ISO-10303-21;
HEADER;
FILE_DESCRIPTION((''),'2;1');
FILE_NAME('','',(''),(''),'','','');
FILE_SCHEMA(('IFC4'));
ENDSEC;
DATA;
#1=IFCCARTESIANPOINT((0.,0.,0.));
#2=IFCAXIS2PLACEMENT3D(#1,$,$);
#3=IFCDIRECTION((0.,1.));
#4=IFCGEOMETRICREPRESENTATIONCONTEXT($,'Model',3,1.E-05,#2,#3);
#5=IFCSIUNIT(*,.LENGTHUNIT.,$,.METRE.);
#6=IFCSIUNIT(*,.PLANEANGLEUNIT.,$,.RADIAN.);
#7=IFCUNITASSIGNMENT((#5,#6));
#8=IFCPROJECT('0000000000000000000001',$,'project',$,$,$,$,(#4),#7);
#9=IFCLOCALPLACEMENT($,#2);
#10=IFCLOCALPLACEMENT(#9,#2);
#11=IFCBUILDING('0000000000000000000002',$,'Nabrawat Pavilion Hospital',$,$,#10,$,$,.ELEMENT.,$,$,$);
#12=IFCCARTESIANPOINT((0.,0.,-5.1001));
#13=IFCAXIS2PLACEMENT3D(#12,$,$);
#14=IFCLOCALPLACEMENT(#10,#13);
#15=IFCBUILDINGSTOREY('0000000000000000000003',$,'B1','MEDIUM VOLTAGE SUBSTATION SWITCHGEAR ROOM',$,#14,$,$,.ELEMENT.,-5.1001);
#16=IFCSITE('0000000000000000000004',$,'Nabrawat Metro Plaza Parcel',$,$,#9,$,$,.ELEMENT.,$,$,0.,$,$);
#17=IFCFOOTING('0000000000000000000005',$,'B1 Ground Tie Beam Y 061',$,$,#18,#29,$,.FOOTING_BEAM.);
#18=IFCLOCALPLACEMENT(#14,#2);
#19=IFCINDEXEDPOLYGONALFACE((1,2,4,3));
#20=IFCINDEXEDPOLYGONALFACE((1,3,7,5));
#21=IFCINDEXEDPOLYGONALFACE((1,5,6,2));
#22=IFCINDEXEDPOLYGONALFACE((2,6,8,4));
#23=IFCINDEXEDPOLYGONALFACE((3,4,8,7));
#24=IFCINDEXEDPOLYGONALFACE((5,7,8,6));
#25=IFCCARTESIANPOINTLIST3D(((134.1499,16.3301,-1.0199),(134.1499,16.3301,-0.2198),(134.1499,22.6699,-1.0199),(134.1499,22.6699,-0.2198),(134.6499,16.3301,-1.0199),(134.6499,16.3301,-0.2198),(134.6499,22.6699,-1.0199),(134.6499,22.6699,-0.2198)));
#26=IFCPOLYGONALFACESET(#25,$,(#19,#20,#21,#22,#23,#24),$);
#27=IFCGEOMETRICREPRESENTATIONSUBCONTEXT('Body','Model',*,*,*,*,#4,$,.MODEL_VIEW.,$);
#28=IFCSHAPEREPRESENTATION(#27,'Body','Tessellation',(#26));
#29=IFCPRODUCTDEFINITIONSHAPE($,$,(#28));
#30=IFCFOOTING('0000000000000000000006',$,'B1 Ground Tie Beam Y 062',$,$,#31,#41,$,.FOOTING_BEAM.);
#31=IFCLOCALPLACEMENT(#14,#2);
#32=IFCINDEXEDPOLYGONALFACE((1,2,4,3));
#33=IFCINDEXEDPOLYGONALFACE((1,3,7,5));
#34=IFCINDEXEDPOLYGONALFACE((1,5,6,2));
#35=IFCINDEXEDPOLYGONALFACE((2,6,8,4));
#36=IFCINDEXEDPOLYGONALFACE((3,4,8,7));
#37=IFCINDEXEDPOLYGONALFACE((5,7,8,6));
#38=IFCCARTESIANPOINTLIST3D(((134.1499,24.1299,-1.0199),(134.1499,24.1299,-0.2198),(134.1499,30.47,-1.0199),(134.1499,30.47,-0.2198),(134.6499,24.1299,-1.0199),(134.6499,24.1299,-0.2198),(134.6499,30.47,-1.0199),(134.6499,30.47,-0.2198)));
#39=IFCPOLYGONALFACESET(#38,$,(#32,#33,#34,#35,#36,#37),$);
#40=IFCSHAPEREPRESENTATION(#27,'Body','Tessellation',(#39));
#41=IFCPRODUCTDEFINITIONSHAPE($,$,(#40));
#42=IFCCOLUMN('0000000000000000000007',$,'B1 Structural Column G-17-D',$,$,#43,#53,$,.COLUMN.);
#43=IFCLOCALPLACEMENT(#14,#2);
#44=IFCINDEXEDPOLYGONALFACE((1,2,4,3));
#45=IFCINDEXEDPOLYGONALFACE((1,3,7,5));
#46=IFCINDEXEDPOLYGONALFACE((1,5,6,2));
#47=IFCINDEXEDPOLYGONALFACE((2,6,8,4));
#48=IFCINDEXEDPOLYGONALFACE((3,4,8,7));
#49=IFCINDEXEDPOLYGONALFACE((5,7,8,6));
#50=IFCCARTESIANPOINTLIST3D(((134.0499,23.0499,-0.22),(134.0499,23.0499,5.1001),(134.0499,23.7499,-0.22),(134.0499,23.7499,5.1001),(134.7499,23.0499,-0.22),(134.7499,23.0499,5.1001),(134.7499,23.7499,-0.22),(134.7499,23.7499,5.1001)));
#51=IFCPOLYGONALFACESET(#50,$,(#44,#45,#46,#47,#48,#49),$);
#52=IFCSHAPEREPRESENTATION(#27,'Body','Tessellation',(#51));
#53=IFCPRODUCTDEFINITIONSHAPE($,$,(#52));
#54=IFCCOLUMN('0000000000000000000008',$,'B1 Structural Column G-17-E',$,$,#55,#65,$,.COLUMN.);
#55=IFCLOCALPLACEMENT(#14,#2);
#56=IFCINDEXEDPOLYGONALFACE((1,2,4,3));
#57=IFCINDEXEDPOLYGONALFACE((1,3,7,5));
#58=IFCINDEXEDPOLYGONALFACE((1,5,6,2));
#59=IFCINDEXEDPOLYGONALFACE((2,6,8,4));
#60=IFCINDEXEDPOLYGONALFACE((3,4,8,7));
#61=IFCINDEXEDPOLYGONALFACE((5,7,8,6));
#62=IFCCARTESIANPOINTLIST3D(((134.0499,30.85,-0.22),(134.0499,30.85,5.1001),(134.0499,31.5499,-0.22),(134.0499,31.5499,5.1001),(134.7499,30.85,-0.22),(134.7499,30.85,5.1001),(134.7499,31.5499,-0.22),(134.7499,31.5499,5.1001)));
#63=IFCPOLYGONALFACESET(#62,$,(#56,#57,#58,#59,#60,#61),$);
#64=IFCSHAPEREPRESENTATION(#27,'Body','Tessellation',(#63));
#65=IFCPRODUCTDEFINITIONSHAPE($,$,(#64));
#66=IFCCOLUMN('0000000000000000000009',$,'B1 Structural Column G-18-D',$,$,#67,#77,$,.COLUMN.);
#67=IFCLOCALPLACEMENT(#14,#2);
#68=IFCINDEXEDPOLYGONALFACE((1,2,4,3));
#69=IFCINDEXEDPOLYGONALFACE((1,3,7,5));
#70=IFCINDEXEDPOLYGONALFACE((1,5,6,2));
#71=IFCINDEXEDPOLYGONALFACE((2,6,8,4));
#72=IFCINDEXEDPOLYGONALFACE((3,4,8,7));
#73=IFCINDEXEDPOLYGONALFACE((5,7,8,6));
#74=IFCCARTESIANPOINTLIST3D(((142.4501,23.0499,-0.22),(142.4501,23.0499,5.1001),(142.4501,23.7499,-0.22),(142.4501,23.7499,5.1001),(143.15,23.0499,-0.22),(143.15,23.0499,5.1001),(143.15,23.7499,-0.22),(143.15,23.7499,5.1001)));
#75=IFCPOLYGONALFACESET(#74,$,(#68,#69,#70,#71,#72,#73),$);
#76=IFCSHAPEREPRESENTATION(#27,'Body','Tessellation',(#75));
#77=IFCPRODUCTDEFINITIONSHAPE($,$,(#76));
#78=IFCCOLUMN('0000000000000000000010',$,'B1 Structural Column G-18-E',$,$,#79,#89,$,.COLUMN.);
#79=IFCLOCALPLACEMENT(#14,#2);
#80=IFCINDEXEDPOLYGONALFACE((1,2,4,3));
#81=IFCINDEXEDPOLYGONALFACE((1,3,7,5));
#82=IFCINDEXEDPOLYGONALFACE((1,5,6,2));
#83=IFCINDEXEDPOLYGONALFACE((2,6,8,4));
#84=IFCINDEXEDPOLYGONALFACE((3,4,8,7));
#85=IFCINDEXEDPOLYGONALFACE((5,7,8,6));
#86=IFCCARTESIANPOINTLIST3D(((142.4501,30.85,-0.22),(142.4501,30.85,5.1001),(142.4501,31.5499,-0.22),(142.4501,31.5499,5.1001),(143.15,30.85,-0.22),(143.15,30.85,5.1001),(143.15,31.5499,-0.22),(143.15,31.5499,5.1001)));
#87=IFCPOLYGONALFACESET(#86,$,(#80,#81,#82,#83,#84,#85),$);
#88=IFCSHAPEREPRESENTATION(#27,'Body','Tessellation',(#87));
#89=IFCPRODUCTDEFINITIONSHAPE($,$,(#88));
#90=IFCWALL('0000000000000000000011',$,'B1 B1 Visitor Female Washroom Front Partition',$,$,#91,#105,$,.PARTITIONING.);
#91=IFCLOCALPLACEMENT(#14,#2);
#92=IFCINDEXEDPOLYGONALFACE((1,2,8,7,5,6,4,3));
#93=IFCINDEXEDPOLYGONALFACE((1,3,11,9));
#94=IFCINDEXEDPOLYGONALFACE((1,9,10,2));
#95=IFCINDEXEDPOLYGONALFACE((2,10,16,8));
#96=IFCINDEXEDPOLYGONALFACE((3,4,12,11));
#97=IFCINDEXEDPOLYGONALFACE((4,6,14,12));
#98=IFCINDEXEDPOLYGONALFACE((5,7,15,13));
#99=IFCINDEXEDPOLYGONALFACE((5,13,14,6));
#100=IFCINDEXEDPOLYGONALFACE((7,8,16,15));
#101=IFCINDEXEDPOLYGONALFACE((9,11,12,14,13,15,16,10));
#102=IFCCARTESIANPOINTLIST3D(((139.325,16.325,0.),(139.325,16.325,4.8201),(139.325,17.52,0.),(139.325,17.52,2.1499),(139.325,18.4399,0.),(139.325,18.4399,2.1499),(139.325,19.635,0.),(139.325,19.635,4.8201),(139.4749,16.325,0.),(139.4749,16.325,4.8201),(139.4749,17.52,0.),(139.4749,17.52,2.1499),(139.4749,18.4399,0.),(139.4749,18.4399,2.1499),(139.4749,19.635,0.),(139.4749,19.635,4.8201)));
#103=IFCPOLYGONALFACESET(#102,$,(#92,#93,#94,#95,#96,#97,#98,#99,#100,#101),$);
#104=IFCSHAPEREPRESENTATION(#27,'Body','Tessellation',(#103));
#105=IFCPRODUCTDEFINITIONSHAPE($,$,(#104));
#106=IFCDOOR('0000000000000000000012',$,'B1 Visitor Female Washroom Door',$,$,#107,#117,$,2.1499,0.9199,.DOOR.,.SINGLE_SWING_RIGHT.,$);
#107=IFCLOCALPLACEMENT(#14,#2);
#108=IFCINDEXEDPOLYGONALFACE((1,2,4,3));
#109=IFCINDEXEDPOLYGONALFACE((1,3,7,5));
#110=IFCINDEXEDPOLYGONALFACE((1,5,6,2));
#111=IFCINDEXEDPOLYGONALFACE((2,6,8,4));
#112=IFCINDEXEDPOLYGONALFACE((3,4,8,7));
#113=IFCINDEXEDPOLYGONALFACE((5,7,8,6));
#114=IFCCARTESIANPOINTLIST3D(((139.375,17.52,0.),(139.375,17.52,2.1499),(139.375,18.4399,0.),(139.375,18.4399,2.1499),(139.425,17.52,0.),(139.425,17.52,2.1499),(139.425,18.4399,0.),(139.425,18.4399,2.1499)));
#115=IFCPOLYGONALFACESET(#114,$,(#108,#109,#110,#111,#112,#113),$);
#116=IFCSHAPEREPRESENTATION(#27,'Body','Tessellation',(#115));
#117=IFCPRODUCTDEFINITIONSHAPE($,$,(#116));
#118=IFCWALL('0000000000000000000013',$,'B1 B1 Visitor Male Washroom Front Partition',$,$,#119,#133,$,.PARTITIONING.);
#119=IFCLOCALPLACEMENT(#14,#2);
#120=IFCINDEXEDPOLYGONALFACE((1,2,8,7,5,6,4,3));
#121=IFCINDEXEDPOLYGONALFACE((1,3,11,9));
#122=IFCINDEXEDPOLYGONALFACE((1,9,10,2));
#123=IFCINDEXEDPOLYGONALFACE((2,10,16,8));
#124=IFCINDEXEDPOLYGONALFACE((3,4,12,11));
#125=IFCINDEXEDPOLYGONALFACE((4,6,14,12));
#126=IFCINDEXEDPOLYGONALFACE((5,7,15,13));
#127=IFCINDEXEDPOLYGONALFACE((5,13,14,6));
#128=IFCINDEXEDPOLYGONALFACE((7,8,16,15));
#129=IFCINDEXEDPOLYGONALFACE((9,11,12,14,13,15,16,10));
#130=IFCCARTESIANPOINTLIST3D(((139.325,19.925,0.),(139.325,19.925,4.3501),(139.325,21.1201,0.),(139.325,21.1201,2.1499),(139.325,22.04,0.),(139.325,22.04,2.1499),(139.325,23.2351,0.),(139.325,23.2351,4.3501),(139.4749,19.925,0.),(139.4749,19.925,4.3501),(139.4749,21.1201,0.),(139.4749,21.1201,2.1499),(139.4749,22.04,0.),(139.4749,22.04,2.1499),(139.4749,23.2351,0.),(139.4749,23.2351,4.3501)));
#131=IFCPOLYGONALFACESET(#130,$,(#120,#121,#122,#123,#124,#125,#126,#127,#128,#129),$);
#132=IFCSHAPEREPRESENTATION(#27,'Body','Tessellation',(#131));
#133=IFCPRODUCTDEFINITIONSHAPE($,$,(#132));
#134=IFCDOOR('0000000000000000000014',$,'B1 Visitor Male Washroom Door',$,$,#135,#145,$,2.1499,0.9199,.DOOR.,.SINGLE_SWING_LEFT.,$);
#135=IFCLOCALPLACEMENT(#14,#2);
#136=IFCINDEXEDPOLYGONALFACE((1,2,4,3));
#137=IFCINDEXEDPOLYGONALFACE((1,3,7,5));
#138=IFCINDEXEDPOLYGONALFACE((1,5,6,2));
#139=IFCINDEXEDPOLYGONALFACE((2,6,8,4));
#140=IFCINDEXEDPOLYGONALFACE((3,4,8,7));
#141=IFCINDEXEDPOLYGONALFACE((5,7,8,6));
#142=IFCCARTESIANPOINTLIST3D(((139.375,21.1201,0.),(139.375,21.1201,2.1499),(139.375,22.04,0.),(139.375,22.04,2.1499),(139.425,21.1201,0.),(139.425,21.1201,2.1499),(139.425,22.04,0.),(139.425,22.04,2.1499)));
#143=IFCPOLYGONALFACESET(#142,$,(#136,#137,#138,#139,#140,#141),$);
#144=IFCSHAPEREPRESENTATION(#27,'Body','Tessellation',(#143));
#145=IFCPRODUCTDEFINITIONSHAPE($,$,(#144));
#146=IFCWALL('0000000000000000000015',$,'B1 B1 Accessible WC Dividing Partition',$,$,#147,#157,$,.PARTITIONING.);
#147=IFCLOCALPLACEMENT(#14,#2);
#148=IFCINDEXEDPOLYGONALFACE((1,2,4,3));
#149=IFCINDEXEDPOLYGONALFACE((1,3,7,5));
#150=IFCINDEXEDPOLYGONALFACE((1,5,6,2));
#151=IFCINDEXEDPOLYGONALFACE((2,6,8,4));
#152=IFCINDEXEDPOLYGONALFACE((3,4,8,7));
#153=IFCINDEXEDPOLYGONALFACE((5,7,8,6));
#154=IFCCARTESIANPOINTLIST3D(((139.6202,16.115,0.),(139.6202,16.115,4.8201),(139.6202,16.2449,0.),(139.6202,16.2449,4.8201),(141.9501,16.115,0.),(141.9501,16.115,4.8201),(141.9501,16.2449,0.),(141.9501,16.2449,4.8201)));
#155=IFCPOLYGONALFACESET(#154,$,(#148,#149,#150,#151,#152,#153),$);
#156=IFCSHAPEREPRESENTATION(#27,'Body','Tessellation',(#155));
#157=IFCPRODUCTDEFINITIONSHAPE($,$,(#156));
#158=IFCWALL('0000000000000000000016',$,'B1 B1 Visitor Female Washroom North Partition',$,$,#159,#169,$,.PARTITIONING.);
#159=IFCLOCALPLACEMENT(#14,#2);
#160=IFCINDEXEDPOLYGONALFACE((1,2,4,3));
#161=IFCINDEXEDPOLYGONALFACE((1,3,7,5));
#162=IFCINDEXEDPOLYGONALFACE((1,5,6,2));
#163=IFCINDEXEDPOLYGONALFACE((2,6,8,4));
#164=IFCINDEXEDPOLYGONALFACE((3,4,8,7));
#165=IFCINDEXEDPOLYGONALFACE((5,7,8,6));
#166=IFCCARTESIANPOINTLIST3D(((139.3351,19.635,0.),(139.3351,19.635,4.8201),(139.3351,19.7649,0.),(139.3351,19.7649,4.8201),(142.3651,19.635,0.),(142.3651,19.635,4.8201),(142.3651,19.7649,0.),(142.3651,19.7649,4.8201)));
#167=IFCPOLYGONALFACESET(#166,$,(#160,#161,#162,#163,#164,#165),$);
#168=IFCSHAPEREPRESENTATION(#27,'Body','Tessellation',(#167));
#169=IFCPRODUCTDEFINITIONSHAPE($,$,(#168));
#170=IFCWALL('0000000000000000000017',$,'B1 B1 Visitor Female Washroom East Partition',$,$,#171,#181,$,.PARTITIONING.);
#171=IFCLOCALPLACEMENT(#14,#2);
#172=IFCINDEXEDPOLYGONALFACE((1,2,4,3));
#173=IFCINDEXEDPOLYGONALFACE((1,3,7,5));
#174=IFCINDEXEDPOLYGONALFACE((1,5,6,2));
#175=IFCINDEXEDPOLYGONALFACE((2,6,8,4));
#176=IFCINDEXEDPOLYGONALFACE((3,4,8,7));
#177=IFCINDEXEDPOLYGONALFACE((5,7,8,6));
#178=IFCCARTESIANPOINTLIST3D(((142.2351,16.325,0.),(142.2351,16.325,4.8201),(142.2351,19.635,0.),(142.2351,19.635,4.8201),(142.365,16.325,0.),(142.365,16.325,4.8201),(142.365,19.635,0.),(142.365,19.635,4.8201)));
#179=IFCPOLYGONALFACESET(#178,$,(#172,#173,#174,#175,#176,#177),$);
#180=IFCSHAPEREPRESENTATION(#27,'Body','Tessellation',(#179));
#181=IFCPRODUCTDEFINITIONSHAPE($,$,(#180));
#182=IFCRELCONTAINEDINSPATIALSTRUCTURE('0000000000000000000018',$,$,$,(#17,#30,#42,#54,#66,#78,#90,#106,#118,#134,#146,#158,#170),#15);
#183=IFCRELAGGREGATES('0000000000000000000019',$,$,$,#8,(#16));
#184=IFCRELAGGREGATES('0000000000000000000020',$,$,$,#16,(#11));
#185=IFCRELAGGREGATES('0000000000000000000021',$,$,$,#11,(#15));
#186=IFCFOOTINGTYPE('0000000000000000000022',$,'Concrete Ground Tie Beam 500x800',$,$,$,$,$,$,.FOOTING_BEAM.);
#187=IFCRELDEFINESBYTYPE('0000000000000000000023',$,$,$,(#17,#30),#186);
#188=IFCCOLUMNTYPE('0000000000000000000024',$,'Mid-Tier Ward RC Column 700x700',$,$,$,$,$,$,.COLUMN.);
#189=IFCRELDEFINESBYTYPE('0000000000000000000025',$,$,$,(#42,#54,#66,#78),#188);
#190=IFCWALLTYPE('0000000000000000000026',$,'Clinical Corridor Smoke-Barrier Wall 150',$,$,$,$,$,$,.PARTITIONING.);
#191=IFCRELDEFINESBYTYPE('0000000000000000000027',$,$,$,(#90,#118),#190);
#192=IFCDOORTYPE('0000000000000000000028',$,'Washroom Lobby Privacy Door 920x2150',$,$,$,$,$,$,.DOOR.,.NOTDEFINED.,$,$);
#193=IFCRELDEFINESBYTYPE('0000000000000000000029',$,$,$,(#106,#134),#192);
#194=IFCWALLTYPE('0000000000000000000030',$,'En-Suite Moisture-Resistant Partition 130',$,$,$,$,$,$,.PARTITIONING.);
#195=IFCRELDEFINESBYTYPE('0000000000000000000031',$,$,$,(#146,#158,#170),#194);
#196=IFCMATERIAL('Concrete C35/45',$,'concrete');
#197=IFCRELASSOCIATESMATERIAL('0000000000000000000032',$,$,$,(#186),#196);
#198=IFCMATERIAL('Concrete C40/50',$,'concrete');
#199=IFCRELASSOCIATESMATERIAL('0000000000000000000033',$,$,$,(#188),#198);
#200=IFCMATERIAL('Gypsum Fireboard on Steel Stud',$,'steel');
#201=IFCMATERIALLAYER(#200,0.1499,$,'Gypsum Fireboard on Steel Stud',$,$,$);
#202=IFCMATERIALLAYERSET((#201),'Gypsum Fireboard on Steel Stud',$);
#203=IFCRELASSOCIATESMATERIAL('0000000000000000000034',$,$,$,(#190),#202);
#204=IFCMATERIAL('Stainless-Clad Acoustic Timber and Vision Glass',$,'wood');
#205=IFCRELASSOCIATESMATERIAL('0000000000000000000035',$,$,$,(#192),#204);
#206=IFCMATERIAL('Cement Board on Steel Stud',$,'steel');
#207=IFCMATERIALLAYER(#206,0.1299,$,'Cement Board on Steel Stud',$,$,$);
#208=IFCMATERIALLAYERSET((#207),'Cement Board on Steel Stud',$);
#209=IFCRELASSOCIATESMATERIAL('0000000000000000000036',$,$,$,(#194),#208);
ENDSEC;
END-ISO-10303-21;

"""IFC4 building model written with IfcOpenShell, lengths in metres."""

from ifc_helpers import new_model, si_unit, direction, frame, frame_2d, origin, origin_2d, place, context, subcontext, project, spatial, rectangle, extrude, material, layer, layer_set, material_profile, profile_set, type_object, element, fill, save


model = new_model("IFC4")

# Units and contexts
model_context = context("Model", 3, precision=1e-05, world=origin(), true_north=direction((0.0, 1.0)))
body_context = subcontext(model_context, "Body", "Model", "MODEL_VIEW")
ifc_project = project(units=[si_unit("LENGTHUNIT", "METRE"), si_unit("PLANEANGLEUNIT", "RADIAN")], contexts=[model_context])

# Site, building, storey
site_placement = place(None, origin())
site = spatial("IfcSite", under=ifc_project, at=site_placement, Name="Nabrawat Metro Plaza Parcel", CompositionType="ELEMENT", RefElevation=0.0)
building_placement = place(site_placement, origin())
building = spatial("IfcBuilding", under=site, at=building_placement, Name="Nabrawat Pavilion Hospital", CompositionType="ELEMENT")
storey_placement = place(building_placement, frame((0.0, 0.0, -5.1001)))
storey = spatial("IfcBuildingStorey", under=building, at=storey_placement, Name="B1", Description="MEDIUM VOLTAGE SUBSTATION SWITCHGEAR ROOM", CompositionType="ELEMENT", Elevation=-5.1001)

# Shared definitions
ifc_material_1 = material(Name="Concrete C35/45", Category="concrete")

# Footings
ifc_material_profile_1 = material_profile(ifc_material_1, rectangle(XDim=0.5, YDim=0.8, at=origin_2d()), Name="RC 500x800")
ifc_profile_set_1 = profile_set([ifc_material_profile_1], Name="Concrete C35/45")
footing_type = type_object("IfcFootingType", Name="Concrete Ground Tie Beam 500x800", PredefinedType="FOOTING_BEAM", material=ifc_profile_set_1)
footing_1_placement = place(storey_placement, frame((134.3999, 16.3301, -0.6199), z_axis=(0.0, 1.0, 0.0), x_axis=(-1.0, 0.0, 0.0)))
element("IfcFooting", 1, at=footing_1_placement, inside=storey, type_object=footing_type, Name="B1 Ground Tie Beam Y 061", PredefinedType="FOOTING_BEAM", context=body_context, shape_type="SweptSolid", body=[
    extrude(rectangle(XDim=0.5, YDim=0.8, at=origin_2d()), origin(), (0.0, 0.0, 1.0), 6.3398),
])
footing_2_placement = place(storey_placement, frame((134.3999, 24.1299, -0.6199), z_axis=(0.0, 1.0, 0.0), x_axis=(-1.0, 0.0, 0.0)))
element("IfcFooting", 2, at=footing_2_placement, inside=storey, type_object=footing_type, Name="B1 Ground Tie Beam Y 062", PredefinedType="FOOTING_BEAM", context=body_context, shape_type="SweptSolid", body=[
    extrude(rectangle(XDim=0.5, YDim=0.8, at=origin_2d()), origin(), (0.0, 0.0, 1.0), 6.3401),
])

# Columns
ifc_material_2 = material(Name="Concrete C40/50", Category="concrete")
ifc_material_profile_2 = material_profile(ifc_material_2, rectangle(XDim=0.7, YDim=0.7, at=origin_2d()), Name="RC 700x700")
ifc_profile_set_2 = profile_set([ifc_material_profile_2], Name="Concrete C40/50")
column_type = type_object("IfcColumnType", Name="Mid-Tier Ward RC Column 700x700", PredefinedType="COLUMN", material=ifc_profile_set_2)
for number, where, z_axis, x_axis, name in (
    (3, (134.3999, 23.3999, -0.22), (0.0, 0.0, 1.0), (1.0, 0.0, 0.0), "B1 Structural Column G-17-D"),
    (4, (134.3999, 31.2, -0.22), (0.0, 0.0, 1.0), (1.0, 0.0, 0.0), "B1 Structural Column G-17-E"),
    (5, (142.8, 23.3999, -0.22), (0.0, 0.0, 1.0), (1.0, 0.0, 0.0), "B1 Structural Column G-18-D"),
    (6, (142.8, 31.2, -0.22), (0.0, 0.0, 1.0), (1.0, 0.0, 0.0), "B1 Structural Column G-18-E"),
):
    element("IfcColumn", number, at=place(storey_placement, frame(where, z_axis=z_axis, x_axis=x_axis)), inside=storey, type_object=column_type, Name=name, PredefinedType="COLUMN", context=body_context, shape_type="SweptSolid", body=[
        extrude(rectangle(XDim=0.7, YDim=0.7, at=origin_2d()), origin(), (0.0, 0.0, 1.0), 5.3201),
    ])

# Walls, openings, doors
ifc_material_3 = material(Name="Gypsum Fireboard on Steel Stud", Category="steel")
ifc_layer_1 = layer(ifc_material_3, 0.1499, Name="Gypsum Fireboard on Steel Stud")
ifc_layer_set_1 = layer_set([ifc_layer_1], Name="Gypsum Fireboard on Steel Stud")
wall_type_1 = type_object("IfcWallType", Name="Clinical Corridor Smoke-Barrier Wall 150", PredefinedType="PARTITIONING", material=ifc_layer_set_1)
wall_1_placement = place(storey_placement, frame((139.3999, 16.325, 0.0), z_axis=(0.0, 0.0, 1.0), x_axis=(0.0, 1.0, 0.0)))
wall_1 = element("IfcWall", 7, at=wall_1_placement, inside=storey, type_object=wall_type_1, Name="B1 B1 Visitor Female Washroom Front Partition", PredefinedType="PARTITIONING", context=body_context, shape_type="SweptSolid", body=[
    extrude(rectangle(XDim=3.3101, YDim=0.1499, at=frame_2d((1.655, 0.0))), origin(), (0.0, 0.0, 1.0), 4.8201),
])
opening_1_placement = place(wall_1_placement, frame((1.1951, 0.0, 0.0)))
opening_1 = element("IfcOpeningElement", 8, at=opening_1_placement, cuts=wall_1, PredefinedType="OPENING", context=body_context, shape_type="SweptSolid", body=[
    extrude(rectangle(XDim=0.9199, YDim=2.1499, at=frame_2d((0.46, 1.075))), frame((0.0, 0.085, 0.0), z_axis=(0.0, -1.0, 0.0), x_axis=(1.0, 0.0, 0.0)), (0.0, 0.0, 1.0), 0.1699),
])
ifc_material_4 = material(Name="Stainless-Clad Acoustic Timber and Vision Glass", Category="wood")
door_type = type_object("IfcDoorType", Name="Washroom Lobby Privacy Door 920x2150", OperationType="NOTDEFINED", PredefinedType="DOOR", material=ifc_material_4)
door_1_placement = place(opening_1_placement, origin())
door_1 = element("IfcDoor", 9, at=door_1_placement, inside=storey, type_object=door_type, Name="B1 Visitor Female Washroom Door", OperationType="SINGLE_SWING_RIGHT", OverallHeight=2.1499, OverallWidth=0.9199, PredefinedType="DOOR", context=body_context, shape_type="SweptSolid", body=[
    extrude(rectangle(XDim=0.9199, YDim=2.1499, at=frame_2d((0.46, 1.075))), frame((0.0, 0.0249, 0.0), z_axis=(0.0, -1.0, 0.0), x_axis=(1.0, 0.0, 0.0)), (0.0, 0.0, 1.0), 0.05),
])
fill(opening_1, door_1)
wall_2_placement = place(storey_placement, frame((139.3999, 19.925, 0.0), z_axis=(0.0, 0.0, 1.0), x_axis=(0.0, 1.0, 0.0)))
wall_2 = element("IfcWall", 10, at=wall_2_placement, inside=storey, type_object=wall_type_1, Name="B1 B1 Visitor Male Washroom Front Partition", PredefinedType="PARTITIONING", context=body_context, shape_type="SweptSolid", body=[
    extrude(rectangle(XDim=3.3101, YDim=0.1499, at=frame_2d((1.655, 0.0))), origin(), (0.0, 0.0, 1.0), 4.3501),
])
opening_2_placement = place(wall_2_placement, frame((1.1951, 0.0, 0.0)))
opening_2 = element("IfcOpeningElement", 11, at=opening_2_placement, cuts=wall_2, PredefinedType="OPENING", context=body_context, shape_type="SweptSolid", body=[
    extrude(rectangle(XDim=0.9199, YDim=2.1499, at=frame_2d((0.46, 1.075))), frame((0.0, 0.085, 0.0), z_axis=(0.0, -1.0, 0.0), x_axis=(1.0, 0.0, 0.0)), (0.0, 0.0, 1.0), 0.1699),
])
door_2_placement = place(opening_2_placement, origin())
door_2 = element("IfcDoor", 12, at=door_2_placement, inside=storey, type_object=door_type, Name="B1 Visitor Male Washroom Door", OperationType="SINGLE_SWING_LEFT", OverallHeight=2.1499, OverallWidth=0.9199, PredefinedType="DOOR", context=body_context, shape_type="SweptSolid", body=[
    extrude(rectangle(XDim=0.9199, YDim=2.1499, at=frame_2d((0.46, 1.075))), frame((0.0, 0.0249, 0.0), z_axis=(0.0, -1.0, 0.0), x_axis=(1.0, 0.0, 0.0)), (0.0, 0.0, 1.0), 0.05),
])
fill(opening_2, door_2)

# Walls
ifc_material_5 = material(Name="Cement Board on Steel Stud", Category="steel")
ifc_layer_2 = layer(ifc_material_5, 0.1299, Name="Cement Board on Steel Stud")
ifc_layer_set_2 = layer_set([ifc_layer_2], Name="Cement Board on Steel Stud")
wall_type_2 = type_object("IfcWallType", Name="En-Suite Moisture-Resistant Partition 130", PredefinedType="PARTITIONING", material=ifc_layer_set_2)
wall_3_placement = place(storey_placement, frame((139.6201, 16.1799, 0.0), z_axis=(0.0, 0.0, 1.0), x_axis=(1.0, 0.0, 0.0)))
element("IfcWall", 13, at=wall_3_placement, inside=storey, type_object=wall_type_2, Name="B1 B1 Accessible WC Dividing Partition", PredefinedType="PARTITIONING", context=body_context, shape_type="SweptSolid", body=[
    extrude(rectangle(XDim=2.3298, YDim=0.1299, at=frame_2d((1.165, 0.0))), origin(), (0.0, 0.0, 1.0), 4.8201),
])
wall_4_placement = place(storey_placement, frame((139.335, 19.7, 0.0), z_axis=(0.0, 0.0, 1.0), x_axis=(1.0, 0.0, 0.0)))
element("IfcWall", 14, at=wall_4_placement, inside=storey, type_object=wall_type_2, Name="B1 B1 Visitor Female Washroom North Partition", PredefinedType="PARTITIONING", context=body_context, shape_type="SweptSolid", body=[
    extrude(rectangle(XDim=3.03, YDim=0.1299, at=frame_2d((1.5151, 0.0))), origin(), (0.0, 0.0, 1.0), 4.8201),
])
wall_5_placement = place(storey_placement, frame((142.3, 16.325, 0.0), z_axis=(0.0, 0.0, 1.0), x_axis=(0.0, 1.0, 0.0)))
element("IfcWall", 15, at=wall_5_placement, inside=storey, type_object=wall_type_2, Name="B1 B1 Visitor Female Washroom East Partition", PredefinedType="PARTITIONING", context=body_context, shape_type="SweptSolid", body=[
    extrude(rectangle(XDim=3.3101, YDim=0.1299, at=frame_2d((1.655, 0.0))), origin(), (0.0, 0.0, 1.0), 4.8201),
])

save(model, "model.ifc")
